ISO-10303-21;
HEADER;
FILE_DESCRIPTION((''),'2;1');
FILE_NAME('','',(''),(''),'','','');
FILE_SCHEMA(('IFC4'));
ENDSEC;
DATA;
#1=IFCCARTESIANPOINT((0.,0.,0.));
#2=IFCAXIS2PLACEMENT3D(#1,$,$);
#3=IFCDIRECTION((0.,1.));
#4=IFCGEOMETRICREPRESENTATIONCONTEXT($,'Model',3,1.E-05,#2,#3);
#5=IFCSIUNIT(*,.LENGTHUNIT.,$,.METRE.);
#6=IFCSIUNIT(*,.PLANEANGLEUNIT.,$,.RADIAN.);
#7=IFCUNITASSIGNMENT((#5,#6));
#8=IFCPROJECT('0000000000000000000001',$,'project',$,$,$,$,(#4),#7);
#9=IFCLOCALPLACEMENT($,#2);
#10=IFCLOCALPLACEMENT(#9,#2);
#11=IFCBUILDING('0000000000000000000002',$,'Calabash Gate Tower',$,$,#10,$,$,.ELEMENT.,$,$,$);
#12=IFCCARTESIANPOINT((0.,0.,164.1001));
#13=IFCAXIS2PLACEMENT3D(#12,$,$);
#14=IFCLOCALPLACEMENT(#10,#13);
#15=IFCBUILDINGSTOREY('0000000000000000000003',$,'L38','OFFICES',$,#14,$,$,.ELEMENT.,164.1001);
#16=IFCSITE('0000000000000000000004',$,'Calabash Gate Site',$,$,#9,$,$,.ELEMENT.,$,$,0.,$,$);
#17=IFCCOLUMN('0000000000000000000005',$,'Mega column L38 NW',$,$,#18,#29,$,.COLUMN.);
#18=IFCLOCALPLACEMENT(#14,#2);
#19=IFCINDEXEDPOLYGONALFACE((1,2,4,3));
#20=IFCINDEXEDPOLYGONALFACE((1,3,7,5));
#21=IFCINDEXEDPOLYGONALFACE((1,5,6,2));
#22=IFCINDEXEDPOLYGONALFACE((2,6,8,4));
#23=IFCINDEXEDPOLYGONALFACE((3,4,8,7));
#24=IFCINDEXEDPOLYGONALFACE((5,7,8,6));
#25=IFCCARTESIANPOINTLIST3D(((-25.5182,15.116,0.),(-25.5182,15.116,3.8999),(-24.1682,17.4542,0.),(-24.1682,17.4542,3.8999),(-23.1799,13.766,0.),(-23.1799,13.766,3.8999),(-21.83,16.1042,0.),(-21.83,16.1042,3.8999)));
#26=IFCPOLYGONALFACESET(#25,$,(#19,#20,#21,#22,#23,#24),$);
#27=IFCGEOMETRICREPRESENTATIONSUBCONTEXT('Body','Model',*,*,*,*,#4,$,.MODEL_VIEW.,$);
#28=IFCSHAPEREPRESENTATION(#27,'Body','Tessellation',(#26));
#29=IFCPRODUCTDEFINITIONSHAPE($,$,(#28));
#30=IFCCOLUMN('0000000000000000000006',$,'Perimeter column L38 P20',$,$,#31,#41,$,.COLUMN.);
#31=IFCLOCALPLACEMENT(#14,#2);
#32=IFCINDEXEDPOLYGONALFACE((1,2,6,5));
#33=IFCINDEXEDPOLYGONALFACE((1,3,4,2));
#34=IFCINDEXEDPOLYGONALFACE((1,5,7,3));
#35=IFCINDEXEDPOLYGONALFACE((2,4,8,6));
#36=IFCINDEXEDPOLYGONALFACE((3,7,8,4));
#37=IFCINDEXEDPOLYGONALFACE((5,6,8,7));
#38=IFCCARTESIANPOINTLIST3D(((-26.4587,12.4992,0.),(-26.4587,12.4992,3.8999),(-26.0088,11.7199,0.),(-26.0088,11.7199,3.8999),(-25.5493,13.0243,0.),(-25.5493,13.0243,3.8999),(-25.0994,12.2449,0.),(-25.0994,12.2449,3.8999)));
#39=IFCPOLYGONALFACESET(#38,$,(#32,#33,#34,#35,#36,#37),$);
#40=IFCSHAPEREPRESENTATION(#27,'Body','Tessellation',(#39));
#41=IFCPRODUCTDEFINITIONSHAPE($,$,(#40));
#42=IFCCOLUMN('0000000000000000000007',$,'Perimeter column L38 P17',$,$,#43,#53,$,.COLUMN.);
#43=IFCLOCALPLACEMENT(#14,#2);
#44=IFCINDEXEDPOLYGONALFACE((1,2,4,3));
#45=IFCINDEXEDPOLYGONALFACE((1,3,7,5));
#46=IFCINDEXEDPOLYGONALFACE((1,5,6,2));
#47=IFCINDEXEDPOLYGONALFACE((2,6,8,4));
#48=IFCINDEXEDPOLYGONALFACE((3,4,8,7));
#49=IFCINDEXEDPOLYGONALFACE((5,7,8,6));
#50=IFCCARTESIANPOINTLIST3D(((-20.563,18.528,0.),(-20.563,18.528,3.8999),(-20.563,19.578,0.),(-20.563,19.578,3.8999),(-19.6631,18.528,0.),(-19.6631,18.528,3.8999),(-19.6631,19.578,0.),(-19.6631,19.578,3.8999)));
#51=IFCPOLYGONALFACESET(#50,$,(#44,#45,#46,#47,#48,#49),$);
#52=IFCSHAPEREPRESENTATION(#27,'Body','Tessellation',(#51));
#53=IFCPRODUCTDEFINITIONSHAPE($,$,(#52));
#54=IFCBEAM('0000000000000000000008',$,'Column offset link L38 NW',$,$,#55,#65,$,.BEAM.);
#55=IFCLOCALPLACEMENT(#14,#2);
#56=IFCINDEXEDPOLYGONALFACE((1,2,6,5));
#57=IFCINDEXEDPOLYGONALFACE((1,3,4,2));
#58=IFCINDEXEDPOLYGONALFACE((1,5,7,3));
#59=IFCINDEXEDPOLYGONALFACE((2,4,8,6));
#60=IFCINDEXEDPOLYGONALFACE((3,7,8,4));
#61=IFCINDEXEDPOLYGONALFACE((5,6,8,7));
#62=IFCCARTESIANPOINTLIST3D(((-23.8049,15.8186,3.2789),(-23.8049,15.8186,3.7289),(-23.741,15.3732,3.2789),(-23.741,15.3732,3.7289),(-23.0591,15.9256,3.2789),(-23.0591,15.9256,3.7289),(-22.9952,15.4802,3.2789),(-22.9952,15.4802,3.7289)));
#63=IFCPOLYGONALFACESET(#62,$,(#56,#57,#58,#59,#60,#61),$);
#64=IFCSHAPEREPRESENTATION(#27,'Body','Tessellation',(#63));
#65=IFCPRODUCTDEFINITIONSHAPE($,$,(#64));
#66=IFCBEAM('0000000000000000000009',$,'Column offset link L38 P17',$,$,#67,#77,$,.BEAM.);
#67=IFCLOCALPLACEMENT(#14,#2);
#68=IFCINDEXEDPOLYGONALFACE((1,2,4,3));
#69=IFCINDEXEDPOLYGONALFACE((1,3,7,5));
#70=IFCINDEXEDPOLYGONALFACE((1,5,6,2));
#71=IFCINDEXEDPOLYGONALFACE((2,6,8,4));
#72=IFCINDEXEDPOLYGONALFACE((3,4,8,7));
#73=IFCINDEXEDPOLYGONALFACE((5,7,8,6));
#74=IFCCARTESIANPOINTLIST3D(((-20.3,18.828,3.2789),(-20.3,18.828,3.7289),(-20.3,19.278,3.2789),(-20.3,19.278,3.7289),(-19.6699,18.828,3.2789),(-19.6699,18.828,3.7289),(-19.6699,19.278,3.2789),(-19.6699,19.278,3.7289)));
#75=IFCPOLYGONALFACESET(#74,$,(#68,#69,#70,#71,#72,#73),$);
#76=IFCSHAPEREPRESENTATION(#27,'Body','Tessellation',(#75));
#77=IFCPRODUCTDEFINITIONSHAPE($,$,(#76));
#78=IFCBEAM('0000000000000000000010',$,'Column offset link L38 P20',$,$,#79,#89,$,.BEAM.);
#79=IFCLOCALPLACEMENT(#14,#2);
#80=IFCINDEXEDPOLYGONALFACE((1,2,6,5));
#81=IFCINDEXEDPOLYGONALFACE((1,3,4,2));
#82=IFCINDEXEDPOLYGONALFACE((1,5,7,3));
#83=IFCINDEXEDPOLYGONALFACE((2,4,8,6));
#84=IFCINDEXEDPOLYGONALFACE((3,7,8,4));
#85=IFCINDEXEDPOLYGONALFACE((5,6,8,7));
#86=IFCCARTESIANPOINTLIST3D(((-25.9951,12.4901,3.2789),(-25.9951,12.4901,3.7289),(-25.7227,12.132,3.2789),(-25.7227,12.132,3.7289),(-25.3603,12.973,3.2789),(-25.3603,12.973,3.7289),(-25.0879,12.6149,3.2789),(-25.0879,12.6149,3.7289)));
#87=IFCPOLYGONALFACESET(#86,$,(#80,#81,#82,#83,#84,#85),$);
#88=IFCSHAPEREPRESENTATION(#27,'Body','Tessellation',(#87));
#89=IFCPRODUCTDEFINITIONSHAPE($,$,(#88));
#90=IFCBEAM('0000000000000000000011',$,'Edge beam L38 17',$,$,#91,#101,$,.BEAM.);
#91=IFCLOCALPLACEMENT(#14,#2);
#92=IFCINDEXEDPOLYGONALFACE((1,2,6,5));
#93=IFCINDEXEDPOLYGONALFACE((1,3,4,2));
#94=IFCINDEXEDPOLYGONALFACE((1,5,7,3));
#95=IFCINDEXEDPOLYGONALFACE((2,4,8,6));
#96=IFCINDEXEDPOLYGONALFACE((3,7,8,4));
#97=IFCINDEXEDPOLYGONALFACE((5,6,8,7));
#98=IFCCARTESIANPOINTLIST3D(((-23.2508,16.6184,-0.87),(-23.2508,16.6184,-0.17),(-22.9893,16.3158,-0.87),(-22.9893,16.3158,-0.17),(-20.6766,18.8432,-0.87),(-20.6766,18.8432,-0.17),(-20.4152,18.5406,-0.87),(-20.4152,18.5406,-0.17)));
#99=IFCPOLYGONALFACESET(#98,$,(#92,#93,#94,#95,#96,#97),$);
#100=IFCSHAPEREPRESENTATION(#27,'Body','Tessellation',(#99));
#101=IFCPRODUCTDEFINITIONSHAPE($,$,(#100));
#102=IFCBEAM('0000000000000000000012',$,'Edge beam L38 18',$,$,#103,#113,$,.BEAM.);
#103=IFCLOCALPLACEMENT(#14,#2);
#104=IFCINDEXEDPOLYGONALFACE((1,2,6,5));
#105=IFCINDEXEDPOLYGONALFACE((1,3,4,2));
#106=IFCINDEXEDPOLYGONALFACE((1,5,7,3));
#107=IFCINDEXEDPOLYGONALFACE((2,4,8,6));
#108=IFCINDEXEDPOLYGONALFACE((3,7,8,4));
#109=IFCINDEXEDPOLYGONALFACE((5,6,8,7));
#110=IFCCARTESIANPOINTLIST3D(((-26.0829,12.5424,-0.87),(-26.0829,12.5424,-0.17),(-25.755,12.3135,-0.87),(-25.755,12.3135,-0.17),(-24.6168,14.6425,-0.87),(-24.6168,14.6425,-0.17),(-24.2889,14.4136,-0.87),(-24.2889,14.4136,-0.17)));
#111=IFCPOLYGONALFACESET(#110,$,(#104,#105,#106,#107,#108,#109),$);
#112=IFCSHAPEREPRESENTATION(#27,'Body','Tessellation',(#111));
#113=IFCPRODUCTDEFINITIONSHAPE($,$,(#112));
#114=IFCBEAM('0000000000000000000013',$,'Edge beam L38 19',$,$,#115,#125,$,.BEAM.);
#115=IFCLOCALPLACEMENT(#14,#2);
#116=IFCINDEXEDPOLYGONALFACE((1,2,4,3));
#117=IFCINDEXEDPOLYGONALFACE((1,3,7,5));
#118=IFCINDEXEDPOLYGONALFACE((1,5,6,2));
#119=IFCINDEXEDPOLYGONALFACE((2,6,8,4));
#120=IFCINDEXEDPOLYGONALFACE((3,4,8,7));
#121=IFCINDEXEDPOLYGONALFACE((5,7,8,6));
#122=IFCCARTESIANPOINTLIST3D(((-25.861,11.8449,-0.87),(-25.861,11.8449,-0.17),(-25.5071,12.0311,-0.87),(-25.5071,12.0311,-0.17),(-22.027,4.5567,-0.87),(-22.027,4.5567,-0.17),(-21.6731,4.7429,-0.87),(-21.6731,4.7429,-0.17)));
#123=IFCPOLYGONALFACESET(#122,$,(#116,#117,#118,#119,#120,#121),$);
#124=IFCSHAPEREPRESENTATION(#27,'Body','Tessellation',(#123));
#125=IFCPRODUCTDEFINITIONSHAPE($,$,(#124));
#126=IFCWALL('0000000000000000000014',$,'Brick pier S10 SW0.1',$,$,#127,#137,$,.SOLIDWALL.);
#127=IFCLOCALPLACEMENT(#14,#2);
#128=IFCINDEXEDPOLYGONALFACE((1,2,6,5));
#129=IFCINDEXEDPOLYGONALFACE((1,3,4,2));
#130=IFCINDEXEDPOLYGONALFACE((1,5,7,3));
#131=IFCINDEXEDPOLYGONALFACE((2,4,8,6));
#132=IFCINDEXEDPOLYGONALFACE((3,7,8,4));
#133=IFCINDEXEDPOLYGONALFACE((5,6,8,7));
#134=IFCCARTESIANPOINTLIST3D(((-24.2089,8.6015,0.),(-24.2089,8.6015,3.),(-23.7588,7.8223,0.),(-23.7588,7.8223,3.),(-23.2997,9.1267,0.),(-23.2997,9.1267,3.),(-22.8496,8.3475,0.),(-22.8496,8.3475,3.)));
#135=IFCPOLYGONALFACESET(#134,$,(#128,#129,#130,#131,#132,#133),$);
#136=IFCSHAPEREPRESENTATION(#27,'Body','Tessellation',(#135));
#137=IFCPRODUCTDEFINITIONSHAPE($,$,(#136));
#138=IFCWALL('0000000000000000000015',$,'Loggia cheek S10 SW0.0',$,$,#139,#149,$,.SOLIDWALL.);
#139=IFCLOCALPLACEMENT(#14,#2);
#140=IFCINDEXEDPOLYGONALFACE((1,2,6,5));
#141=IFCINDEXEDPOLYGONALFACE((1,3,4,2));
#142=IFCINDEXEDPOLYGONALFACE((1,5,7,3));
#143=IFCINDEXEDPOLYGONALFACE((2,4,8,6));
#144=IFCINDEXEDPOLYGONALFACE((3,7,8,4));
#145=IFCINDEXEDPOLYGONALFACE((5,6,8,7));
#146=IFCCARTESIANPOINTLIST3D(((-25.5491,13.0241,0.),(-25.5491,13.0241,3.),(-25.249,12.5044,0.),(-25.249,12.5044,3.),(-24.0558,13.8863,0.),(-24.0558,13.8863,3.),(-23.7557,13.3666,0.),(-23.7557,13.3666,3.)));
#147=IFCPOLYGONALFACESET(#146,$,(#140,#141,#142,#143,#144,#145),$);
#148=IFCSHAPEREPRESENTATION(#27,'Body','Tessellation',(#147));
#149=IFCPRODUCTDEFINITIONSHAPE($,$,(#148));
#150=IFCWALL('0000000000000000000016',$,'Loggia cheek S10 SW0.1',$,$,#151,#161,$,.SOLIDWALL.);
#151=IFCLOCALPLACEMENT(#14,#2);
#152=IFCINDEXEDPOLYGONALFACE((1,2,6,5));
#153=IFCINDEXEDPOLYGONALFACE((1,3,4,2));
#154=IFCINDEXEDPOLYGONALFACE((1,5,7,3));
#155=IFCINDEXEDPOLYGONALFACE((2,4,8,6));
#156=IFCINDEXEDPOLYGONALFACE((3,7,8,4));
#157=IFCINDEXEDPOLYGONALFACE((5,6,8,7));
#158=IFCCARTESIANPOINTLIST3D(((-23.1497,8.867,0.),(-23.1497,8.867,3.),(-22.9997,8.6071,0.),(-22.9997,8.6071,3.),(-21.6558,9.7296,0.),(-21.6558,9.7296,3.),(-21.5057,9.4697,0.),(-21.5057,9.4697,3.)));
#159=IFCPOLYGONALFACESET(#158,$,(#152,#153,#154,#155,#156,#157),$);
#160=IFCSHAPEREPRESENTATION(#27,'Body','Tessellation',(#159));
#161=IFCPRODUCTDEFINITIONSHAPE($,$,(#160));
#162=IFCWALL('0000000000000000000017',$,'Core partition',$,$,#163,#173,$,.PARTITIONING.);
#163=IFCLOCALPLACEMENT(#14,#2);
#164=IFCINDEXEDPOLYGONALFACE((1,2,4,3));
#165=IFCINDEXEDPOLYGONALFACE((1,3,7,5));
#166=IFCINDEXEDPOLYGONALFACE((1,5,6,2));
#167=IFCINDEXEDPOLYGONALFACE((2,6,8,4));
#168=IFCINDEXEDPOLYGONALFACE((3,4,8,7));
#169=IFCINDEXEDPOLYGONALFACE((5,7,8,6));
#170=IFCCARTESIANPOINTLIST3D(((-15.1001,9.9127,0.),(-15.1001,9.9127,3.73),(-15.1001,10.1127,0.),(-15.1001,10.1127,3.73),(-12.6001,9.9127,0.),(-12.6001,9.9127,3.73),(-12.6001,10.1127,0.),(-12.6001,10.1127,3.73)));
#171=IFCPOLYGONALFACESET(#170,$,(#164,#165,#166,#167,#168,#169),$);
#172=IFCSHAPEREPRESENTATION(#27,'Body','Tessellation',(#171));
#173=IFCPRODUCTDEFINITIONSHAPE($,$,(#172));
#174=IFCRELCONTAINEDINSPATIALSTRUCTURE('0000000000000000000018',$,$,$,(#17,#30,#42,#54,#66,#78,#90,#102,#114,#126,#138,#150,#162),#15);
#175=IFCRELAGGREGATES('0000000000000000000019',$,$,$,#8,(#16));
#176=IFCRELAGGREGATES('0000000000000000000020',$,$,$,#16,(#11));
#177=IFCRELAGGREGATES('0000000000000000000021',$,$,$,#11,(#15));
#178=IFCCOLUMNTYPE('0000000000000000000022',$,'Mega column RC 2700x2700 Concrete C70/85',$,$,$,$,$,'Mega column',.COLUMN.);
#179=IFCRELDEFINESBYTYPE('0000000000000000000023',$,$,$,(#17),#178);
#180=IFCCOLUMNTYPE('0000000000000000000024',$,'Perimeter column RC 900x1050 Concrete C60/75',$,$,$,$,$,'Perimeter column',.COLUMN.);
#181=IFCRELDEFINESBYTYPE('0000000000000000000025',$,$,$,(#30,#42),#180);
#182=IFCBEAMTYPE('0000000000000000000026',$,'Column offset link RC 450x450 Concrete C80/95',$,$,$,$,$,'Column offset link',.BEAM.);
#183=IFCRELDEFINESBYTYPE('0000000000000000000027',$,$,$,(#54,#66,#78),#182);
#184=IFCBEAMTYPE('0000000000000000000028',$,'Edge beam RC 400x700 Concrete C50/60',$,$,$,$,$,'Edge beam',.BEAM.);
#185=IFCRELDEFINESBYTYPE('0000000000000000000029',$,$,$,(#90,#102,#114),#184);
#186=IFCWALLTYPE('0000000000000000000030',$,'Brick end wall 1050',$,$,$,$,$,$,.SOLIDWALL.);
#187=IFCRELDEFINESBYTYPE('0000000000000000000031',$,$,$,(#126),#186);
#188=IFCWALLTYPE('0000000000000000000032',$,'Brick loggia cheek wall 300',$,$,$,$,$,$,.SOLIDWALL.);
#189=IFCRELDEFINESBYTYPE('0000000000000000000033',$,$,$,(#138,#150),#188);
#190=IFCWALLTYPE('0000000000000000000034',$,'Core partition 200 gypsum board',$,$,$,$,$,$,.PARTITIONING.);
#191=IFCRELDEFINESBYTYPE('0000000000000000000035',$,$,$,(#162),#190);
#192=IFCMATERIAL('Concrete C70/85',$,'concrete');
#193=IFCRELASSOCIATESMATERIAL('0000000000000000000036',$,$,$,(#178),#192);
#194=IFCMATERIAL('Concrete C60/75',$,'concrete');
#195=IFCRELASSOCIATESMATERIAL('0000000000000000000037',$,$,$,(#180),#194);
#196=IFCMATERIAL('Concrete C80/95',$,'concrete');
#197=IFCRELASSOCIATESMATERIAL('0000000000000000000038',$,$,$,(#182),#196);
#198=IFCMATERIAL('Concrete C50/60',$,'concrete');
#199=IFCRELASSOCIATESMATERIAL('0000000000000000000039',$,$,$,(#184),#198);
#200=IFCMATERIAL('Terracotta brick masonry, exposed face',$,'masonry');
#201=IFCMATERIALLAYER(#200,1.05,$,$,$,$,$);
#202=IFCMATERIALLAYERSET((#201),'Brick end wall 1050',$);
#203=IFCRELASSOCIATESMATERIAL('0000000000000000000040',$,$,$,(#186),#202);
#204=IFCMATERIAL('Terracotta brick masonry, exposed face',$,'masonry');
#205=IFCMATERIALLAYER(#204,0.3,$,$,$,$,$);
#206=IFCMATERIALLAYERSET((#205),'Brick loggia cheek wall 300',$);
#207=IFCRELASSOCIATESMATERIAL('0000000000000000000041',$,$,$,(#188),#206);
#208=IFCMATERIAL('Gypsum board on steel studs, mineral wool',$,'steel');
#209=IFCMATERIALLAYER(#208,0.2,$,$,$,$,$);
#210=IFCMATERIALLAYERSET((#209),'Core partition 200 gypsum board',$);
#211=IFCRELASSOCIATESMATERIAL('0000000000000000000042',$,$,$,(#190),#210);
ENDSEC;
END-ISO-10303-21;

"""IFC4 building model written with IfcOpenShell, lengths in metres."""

from ifc_helpers import new_model, si_unit, direction, frame, frame_2d, origin, origin_2d, place, context, subcontext, project, spatial, rectangle, extrude, material, layer, layer_set, material_profile, profile_set, type_object, element, save


model = new_model("IFC4")

# Units and contexts
model_context = context("Model", 3, precision=1e-05, world=origin(), true_north=direction((0.0, 1.0)))
body_context = subcontext(model_context, "Body", "Model", "MODEL_VIEW")
ifc_project = project(units=[si_unit("LENGTHUNIT", "METRE"), si_unit("PLANEANGLEUNIT", "RADIAN")], contexts=[model_context])

# Site, building, storey
site_placement = place(None, origin())
site = spatial("IfcSite", under=ifc_project, at=site_placement, Name="Calabash Gate Site", CompositionType="ELEMENT", RefElevation=0.0)
building_placement = place(site_placement, origin())
building = spatial("IfcBuilding", under=site, at=building_placement, Name="Calabash Gate Tower", CompositionType="ELEMENT")
storey_placement = place(building_placement, frame((0.0, 0.0, 164.1001)))
storey = spatial("IfcBuildingStorey", under=building, at=storey_placement, Name="L38", Description="OFFICES", CompositionType="ELEMENT", Elevation=164.1001)

# Columns
ifc_material_1 = material(Name="Concrete C70/85", Category="concrete")
ifc_material_profile_1 = material_profile(ifc_material_1, rectangle(XDim=2.7, YDim=2.7, at=origin_2d()))
ifc_profile_set_1 = profile_set([ifc_material_profile_1], Name="Concrete C70/85")
column_type_1 = type_object("IfcColumnType", Name="Mega column RC 2700x2700 Concrete C70/85", ElementType="Mega column", PredefinedType="COLUMN", material=ifc_profile_set_1)
column_placement = place(storey_placement, frame((-23.6741, 15.6101, 0.0), z_axis=(0.0, 0.0, 1.0), x_axis=(0.866025, -0.5, 0.0)))
element("IfcColumn", 1, at=column_placement, inside=storey, type_object=column_type_1, Name="Mega column L38 NW", PredefinedType="COLUMN", context=body_context, shape_type="SweptSolid", body=[
    extrude(rectangle(XDim=2.7, YDim=2.7, at=origin_2d()), origin(), (0.0, 0.0, 1.0), 3.8999),
])
ifc_material_2 = material(Name="Concrete C60/75", Category="concrete")
ifc_material_profile_2 = material_profile(ifc_material_2, rectangle(XDim=0.8999, YDim=1.05, at=origin_2d()))
ifc_profile_set_2 = profile_set([ifc_material_profile_2], Name="Concrete C60/75")
column_type_2 = type_object("IfcColumnType", Name="Perimeter column RC 900x1050 Concrete C60/75", ElementType="Perimeter column", PredefinedType="COLUMN", material=ifc_profile_set_2)
for number, where, z_axis, x_axis, name in (
    (2, (-25.7791, 12.3721, 0.0), (0.0, 0.0, 1.0), (0.5, -0.866025, 0.0), "Perimeter column L38 P20"),
    (3, (-20.113, 19.053, 0.0), (0.0, 0.0, 1.0), (-1.0, 0.0, 0.0), "Perimeter column L38 P17"),
):
    element("IfcColumn", number, at=place(storey_placement, frame(where, z_axis=z_axis, x_axis=x_axis)), inside=storey, type_object=column_type_2, Name=name, PredefinedType="COLUMN", context=body_context, shape_type="SweptSolid", body=[
        extrude(rectangle(XDim=0.8999, YDim=1.05, at=origin_2d()), origin(), (0.0, 0.0, 1.0), 3.8999),
    ])

# Beams
ifc_material_3 = material(Name="Concrete C80/95", Category="concrete")
ifc_material_profile_3 = material_profile(ifc_material_3, rectangle(XDim=0.45, YDim=0.45, at=origin_2d()))
ifc_profile_set_3 = profile_set([ifc_material_profile_3], Name="Concrete C80/95")
beam_type_1 = type_object("IfcBeamType", Name="Column offset link RC 450x450 Concrete C80/95", ElementType="Column offset link", PredefinedType="BEAM", material=ifc_profile_set_3)
beam_1_placement = place(storey_placement, frame((-23.7729, 15.5959, 3.5039), z_axis=(0.989878, 0.14192, 0.0), x_axis=(-0.14192, 0.989878, 0.0)))
element("IfcBeam", 4, at=beam_1_placement, inside=storey, type_object=beam_type_1, Name="Column offset link L38 NW", PredefinedType="BEAM", context=body_context, shape_type="SweptSolid", body=[
    extrude(rectangle(XDim=0.45, YDim=0.45, at=origin_2d()), origin(), (0.0, 0.0, 1.0), 0.7534),
])
beam_2_placement = place(storey_placement, frame((-20.3, 19.053, 3.5039), z_axis=(1.0, 0.0, 0.0), x_axis=(0.0, 1.0, 0.0)))
element("IfcBeam", 5, at=beam_2_placement, inside=storey, type_object=beam_type_1, Name="Column offset link L38 P17", PredefinedType="BEAM", context=body_context, shape_type="SweptSolid", body=[
    extrude(rectangle(XDim=0.45, YDim=0.45, at=origin_2d()), origin(), (0.0, 0.0, 1.0), 0.6301),
])
beam_3_placement = place(storey_placement, frame((-25.8589, 12.311, 3.5039), z_axis=(0.795867, 0.605471, 0.0), x_axis=(-0.605471, 0.795867, 0.0)))
element("IfcBeam", 6, at=beam_3_placement, inside=storey, type_object=beam_type_1, Name="Column offset link L38 P20", PredefinedType="BEAM", context=body_context, shape_type="SweptSolid", body=[
    extrude(rectangle(XDim=0.45, YDim=0.45, at=origin_2d()), origin(), (0.0, 0.0, 1.0), 0.7976),
])
ifc_material_4 = material(Name="Concrete C50/60", Category="concrete")
ifc_material_profile_4 = material_profile(ifc_material_4, rectangle(XDim=0.3999, YDim=0.7, at=origin_2d()))
ifc_profile_set_4 = profile_set([ifc_material_profile_4], Name="Concrete C50/60")
beam_type_2 = type_object("IfcBeamType", Name="Edge beam RC 400x700 Concrete C50/60", ElementType="Edge beam", PredefinedType="BEAM", material=ifc_profile_set_4)
beam_4_placement = place(storey_placement, frame((-20.5459, 18.6919, -0.52), z_axis=(-0.756581, -0.6539, 0.0), x_axis=(0.6539, -0.756581, 0.0)))
element("IfcBeam", 7, at=beam_4_placement, inside=storey, type_object=beam_type_2, Name="Edge beam L38 17", PredefinedType="BEAM", context=body_context, shape_type="SweptSolid", body=[
    extrude(rectangle(XDim=0.3999, YDim=0.7, at=origin_2d()), origin(), (0.0, 0.0, 1.0), 3.4023),
])
beam_5_placement = place(storey_placement, frame((-24.4529, 14.5281, -0.52), z_axis=(-0.572413, -0.819966, 0.0), x_axis=(0.819966, -0.572413, 0.0)))
element("IfcBeam", 8, at=beam_5_placement, inside=storey, type_object=beam_type_2, Name="Edge beam L38 18", PredefinedType="BEAM", context=body_context, shape_type="SweptSolid", body=[
    extrude(rectangle(XDim=0.3999, YDim=0.7, at=origin_2d()), origin(), (0.0, 0.0, 1.0), 2.5613),
])
beam_6_placement = place(storey_placement, frame((-25.6841, 11.938, -0.52), z_axis=(0.46557, -0.885011, 0.0), x_axis=(0.885011, 0.46557, 0.0)))
element("IfcBeam", 9, at=beam_6_placement, inside=storey, type_object=beam_type_2, Name="Edge beam L38 19", PredefinedType="BEAM", context=body_context, shape_type="SweptSolid", body=[
    extrude(rectangle(XDim=0.3999, YDim=0.7, at=origin_2d()), origin(), (0.0, 0.0, 1.0), 8.2351),
])

# Walls
ifc_material_5 = material(Name="Terracotta brick masonry, exposed face", Category="masonry")
ifc_layer_1 = layer(ifc_material_5, 1.05)
ifc_layer_set_1 = layer_set([ifc_layer_1], Name="Brick end wall 1050")
wall_type_1 = type_object("IfcWallType", Name="Brick end wall 1050", PredefinedType="SOLIDWALL", material=ifc_layer_set_1)
wall_1_placement = place(storey_placement, frame((-23.0747, 8.7371, 0.0), z_axis=(0.0, 0.0, 1.0), x_axis=(-0.86593, -0.500165, 0.0)))
element("IfcWall", 10, at=wall_1_placement, inside=storey, type_object=wall_type_1, Name="Brick pier S10 SW0.1", PredefinedType="SOLIDWALL", context=body_context, shape_type="SweptSolid", body=[
    extrude(rectangle(XDim=1.05, YDim=0.8999, at=frame_2d((0.5249, 0.0))), origin(), (0.0, 0.0, 1.0), 3.0),
])
ifc_material_6 = material(Name="Terracotta brick masonry, exposed face", Category="masonry")
ifc_layer_2 = layer(ifc_material_6, 0.3)
ifc_layer_set_2 = layer_set([ifc_layer_2], Name="Brick loggia cheek wall 300")
wall_type_2 = type_object("IfcWallType", Name="Brick loggia cheek wall 300", PredefinedType="SOLIDWALL", material=ifc_layer_set_2)
wall_2_placement = place(storey_placement, frame((-25.3992, 12.7642, 0.0), z_axis=(0.0, 0.0, 1.0), x_axis=(0.866004, 0.500037, 0.0)))
element("IfcWall", 11, at=wall_2_placement, inside=storey, type_object=wall_type_2, Name="Loggia cheek S10 SW0.0", PredefinedType="SOLIDWALL", context=body_context, shape_type="SweptSolid", body=[
    extrude(rectangle(XDim=1.7244, YDim=0.6001, at=frame_2d((0.8623, 0.0))), origin(), (0.0, 0.0, 1.0), 3.0),
])
wall_3_placement = place(storey_placement, frame((-23.0747, 8.7371, 0.0), z_axis=(0.0, 0.0, 1.0), x_axis=(0.866014, 0.500021, 0.0)))
element("IfcWall", 12, at=wall_3_placement, inside=storey, type_object=wall_type_2, Name="Loggia cheek S10 SW0.1", PredefinedType="SOLIDWALL", context=body_context, shape_type="SweptSolid", body=[
    extrude(rectangle(XDim=1.7251, YDim=0.3, at=frame_2d((0.8625, 0.0))), origin(), (0.0, 0.0, 1.0), 3.0),
])
ifc_material_7 = material(Name="Gypsum board on steel studs, mineral wool", Category="steel")
ifc_layer_3 = layer(ifc_material_7, 0.2)
ifc_layer_set_3 = layer_set([ifc_layer_3], Name="Core partition 200 gypsum board")
wall_type_3 = type_object("IfcWallType", Name="Core partition 200 gypsum board", PredefinedType="PARTITIONING", material=ifc_layer_set_3)
wall_4_placement = place(storey_placement, frame((-15.1001, 10.0127, 0.0), z_axis=(0.0, 0.0, 1.0), x_axis=(1.0, 0.0, 0.0)))
element("IfcWall", 13, at=wall_4_placement, inside=storey, type_object=wall_type_3, Name="Core partition", PredefinedType="PARTITIONING", context=body_context, shape_type="SweptSolid", body=[
    extrude(rectangle(XDim=2.5, YDim=0.2, at=frame_2d((1.25, 0.0))), origin(), (0.0, 0.0, 1.0), 3.73),
])

save(model, "model.ifc")
